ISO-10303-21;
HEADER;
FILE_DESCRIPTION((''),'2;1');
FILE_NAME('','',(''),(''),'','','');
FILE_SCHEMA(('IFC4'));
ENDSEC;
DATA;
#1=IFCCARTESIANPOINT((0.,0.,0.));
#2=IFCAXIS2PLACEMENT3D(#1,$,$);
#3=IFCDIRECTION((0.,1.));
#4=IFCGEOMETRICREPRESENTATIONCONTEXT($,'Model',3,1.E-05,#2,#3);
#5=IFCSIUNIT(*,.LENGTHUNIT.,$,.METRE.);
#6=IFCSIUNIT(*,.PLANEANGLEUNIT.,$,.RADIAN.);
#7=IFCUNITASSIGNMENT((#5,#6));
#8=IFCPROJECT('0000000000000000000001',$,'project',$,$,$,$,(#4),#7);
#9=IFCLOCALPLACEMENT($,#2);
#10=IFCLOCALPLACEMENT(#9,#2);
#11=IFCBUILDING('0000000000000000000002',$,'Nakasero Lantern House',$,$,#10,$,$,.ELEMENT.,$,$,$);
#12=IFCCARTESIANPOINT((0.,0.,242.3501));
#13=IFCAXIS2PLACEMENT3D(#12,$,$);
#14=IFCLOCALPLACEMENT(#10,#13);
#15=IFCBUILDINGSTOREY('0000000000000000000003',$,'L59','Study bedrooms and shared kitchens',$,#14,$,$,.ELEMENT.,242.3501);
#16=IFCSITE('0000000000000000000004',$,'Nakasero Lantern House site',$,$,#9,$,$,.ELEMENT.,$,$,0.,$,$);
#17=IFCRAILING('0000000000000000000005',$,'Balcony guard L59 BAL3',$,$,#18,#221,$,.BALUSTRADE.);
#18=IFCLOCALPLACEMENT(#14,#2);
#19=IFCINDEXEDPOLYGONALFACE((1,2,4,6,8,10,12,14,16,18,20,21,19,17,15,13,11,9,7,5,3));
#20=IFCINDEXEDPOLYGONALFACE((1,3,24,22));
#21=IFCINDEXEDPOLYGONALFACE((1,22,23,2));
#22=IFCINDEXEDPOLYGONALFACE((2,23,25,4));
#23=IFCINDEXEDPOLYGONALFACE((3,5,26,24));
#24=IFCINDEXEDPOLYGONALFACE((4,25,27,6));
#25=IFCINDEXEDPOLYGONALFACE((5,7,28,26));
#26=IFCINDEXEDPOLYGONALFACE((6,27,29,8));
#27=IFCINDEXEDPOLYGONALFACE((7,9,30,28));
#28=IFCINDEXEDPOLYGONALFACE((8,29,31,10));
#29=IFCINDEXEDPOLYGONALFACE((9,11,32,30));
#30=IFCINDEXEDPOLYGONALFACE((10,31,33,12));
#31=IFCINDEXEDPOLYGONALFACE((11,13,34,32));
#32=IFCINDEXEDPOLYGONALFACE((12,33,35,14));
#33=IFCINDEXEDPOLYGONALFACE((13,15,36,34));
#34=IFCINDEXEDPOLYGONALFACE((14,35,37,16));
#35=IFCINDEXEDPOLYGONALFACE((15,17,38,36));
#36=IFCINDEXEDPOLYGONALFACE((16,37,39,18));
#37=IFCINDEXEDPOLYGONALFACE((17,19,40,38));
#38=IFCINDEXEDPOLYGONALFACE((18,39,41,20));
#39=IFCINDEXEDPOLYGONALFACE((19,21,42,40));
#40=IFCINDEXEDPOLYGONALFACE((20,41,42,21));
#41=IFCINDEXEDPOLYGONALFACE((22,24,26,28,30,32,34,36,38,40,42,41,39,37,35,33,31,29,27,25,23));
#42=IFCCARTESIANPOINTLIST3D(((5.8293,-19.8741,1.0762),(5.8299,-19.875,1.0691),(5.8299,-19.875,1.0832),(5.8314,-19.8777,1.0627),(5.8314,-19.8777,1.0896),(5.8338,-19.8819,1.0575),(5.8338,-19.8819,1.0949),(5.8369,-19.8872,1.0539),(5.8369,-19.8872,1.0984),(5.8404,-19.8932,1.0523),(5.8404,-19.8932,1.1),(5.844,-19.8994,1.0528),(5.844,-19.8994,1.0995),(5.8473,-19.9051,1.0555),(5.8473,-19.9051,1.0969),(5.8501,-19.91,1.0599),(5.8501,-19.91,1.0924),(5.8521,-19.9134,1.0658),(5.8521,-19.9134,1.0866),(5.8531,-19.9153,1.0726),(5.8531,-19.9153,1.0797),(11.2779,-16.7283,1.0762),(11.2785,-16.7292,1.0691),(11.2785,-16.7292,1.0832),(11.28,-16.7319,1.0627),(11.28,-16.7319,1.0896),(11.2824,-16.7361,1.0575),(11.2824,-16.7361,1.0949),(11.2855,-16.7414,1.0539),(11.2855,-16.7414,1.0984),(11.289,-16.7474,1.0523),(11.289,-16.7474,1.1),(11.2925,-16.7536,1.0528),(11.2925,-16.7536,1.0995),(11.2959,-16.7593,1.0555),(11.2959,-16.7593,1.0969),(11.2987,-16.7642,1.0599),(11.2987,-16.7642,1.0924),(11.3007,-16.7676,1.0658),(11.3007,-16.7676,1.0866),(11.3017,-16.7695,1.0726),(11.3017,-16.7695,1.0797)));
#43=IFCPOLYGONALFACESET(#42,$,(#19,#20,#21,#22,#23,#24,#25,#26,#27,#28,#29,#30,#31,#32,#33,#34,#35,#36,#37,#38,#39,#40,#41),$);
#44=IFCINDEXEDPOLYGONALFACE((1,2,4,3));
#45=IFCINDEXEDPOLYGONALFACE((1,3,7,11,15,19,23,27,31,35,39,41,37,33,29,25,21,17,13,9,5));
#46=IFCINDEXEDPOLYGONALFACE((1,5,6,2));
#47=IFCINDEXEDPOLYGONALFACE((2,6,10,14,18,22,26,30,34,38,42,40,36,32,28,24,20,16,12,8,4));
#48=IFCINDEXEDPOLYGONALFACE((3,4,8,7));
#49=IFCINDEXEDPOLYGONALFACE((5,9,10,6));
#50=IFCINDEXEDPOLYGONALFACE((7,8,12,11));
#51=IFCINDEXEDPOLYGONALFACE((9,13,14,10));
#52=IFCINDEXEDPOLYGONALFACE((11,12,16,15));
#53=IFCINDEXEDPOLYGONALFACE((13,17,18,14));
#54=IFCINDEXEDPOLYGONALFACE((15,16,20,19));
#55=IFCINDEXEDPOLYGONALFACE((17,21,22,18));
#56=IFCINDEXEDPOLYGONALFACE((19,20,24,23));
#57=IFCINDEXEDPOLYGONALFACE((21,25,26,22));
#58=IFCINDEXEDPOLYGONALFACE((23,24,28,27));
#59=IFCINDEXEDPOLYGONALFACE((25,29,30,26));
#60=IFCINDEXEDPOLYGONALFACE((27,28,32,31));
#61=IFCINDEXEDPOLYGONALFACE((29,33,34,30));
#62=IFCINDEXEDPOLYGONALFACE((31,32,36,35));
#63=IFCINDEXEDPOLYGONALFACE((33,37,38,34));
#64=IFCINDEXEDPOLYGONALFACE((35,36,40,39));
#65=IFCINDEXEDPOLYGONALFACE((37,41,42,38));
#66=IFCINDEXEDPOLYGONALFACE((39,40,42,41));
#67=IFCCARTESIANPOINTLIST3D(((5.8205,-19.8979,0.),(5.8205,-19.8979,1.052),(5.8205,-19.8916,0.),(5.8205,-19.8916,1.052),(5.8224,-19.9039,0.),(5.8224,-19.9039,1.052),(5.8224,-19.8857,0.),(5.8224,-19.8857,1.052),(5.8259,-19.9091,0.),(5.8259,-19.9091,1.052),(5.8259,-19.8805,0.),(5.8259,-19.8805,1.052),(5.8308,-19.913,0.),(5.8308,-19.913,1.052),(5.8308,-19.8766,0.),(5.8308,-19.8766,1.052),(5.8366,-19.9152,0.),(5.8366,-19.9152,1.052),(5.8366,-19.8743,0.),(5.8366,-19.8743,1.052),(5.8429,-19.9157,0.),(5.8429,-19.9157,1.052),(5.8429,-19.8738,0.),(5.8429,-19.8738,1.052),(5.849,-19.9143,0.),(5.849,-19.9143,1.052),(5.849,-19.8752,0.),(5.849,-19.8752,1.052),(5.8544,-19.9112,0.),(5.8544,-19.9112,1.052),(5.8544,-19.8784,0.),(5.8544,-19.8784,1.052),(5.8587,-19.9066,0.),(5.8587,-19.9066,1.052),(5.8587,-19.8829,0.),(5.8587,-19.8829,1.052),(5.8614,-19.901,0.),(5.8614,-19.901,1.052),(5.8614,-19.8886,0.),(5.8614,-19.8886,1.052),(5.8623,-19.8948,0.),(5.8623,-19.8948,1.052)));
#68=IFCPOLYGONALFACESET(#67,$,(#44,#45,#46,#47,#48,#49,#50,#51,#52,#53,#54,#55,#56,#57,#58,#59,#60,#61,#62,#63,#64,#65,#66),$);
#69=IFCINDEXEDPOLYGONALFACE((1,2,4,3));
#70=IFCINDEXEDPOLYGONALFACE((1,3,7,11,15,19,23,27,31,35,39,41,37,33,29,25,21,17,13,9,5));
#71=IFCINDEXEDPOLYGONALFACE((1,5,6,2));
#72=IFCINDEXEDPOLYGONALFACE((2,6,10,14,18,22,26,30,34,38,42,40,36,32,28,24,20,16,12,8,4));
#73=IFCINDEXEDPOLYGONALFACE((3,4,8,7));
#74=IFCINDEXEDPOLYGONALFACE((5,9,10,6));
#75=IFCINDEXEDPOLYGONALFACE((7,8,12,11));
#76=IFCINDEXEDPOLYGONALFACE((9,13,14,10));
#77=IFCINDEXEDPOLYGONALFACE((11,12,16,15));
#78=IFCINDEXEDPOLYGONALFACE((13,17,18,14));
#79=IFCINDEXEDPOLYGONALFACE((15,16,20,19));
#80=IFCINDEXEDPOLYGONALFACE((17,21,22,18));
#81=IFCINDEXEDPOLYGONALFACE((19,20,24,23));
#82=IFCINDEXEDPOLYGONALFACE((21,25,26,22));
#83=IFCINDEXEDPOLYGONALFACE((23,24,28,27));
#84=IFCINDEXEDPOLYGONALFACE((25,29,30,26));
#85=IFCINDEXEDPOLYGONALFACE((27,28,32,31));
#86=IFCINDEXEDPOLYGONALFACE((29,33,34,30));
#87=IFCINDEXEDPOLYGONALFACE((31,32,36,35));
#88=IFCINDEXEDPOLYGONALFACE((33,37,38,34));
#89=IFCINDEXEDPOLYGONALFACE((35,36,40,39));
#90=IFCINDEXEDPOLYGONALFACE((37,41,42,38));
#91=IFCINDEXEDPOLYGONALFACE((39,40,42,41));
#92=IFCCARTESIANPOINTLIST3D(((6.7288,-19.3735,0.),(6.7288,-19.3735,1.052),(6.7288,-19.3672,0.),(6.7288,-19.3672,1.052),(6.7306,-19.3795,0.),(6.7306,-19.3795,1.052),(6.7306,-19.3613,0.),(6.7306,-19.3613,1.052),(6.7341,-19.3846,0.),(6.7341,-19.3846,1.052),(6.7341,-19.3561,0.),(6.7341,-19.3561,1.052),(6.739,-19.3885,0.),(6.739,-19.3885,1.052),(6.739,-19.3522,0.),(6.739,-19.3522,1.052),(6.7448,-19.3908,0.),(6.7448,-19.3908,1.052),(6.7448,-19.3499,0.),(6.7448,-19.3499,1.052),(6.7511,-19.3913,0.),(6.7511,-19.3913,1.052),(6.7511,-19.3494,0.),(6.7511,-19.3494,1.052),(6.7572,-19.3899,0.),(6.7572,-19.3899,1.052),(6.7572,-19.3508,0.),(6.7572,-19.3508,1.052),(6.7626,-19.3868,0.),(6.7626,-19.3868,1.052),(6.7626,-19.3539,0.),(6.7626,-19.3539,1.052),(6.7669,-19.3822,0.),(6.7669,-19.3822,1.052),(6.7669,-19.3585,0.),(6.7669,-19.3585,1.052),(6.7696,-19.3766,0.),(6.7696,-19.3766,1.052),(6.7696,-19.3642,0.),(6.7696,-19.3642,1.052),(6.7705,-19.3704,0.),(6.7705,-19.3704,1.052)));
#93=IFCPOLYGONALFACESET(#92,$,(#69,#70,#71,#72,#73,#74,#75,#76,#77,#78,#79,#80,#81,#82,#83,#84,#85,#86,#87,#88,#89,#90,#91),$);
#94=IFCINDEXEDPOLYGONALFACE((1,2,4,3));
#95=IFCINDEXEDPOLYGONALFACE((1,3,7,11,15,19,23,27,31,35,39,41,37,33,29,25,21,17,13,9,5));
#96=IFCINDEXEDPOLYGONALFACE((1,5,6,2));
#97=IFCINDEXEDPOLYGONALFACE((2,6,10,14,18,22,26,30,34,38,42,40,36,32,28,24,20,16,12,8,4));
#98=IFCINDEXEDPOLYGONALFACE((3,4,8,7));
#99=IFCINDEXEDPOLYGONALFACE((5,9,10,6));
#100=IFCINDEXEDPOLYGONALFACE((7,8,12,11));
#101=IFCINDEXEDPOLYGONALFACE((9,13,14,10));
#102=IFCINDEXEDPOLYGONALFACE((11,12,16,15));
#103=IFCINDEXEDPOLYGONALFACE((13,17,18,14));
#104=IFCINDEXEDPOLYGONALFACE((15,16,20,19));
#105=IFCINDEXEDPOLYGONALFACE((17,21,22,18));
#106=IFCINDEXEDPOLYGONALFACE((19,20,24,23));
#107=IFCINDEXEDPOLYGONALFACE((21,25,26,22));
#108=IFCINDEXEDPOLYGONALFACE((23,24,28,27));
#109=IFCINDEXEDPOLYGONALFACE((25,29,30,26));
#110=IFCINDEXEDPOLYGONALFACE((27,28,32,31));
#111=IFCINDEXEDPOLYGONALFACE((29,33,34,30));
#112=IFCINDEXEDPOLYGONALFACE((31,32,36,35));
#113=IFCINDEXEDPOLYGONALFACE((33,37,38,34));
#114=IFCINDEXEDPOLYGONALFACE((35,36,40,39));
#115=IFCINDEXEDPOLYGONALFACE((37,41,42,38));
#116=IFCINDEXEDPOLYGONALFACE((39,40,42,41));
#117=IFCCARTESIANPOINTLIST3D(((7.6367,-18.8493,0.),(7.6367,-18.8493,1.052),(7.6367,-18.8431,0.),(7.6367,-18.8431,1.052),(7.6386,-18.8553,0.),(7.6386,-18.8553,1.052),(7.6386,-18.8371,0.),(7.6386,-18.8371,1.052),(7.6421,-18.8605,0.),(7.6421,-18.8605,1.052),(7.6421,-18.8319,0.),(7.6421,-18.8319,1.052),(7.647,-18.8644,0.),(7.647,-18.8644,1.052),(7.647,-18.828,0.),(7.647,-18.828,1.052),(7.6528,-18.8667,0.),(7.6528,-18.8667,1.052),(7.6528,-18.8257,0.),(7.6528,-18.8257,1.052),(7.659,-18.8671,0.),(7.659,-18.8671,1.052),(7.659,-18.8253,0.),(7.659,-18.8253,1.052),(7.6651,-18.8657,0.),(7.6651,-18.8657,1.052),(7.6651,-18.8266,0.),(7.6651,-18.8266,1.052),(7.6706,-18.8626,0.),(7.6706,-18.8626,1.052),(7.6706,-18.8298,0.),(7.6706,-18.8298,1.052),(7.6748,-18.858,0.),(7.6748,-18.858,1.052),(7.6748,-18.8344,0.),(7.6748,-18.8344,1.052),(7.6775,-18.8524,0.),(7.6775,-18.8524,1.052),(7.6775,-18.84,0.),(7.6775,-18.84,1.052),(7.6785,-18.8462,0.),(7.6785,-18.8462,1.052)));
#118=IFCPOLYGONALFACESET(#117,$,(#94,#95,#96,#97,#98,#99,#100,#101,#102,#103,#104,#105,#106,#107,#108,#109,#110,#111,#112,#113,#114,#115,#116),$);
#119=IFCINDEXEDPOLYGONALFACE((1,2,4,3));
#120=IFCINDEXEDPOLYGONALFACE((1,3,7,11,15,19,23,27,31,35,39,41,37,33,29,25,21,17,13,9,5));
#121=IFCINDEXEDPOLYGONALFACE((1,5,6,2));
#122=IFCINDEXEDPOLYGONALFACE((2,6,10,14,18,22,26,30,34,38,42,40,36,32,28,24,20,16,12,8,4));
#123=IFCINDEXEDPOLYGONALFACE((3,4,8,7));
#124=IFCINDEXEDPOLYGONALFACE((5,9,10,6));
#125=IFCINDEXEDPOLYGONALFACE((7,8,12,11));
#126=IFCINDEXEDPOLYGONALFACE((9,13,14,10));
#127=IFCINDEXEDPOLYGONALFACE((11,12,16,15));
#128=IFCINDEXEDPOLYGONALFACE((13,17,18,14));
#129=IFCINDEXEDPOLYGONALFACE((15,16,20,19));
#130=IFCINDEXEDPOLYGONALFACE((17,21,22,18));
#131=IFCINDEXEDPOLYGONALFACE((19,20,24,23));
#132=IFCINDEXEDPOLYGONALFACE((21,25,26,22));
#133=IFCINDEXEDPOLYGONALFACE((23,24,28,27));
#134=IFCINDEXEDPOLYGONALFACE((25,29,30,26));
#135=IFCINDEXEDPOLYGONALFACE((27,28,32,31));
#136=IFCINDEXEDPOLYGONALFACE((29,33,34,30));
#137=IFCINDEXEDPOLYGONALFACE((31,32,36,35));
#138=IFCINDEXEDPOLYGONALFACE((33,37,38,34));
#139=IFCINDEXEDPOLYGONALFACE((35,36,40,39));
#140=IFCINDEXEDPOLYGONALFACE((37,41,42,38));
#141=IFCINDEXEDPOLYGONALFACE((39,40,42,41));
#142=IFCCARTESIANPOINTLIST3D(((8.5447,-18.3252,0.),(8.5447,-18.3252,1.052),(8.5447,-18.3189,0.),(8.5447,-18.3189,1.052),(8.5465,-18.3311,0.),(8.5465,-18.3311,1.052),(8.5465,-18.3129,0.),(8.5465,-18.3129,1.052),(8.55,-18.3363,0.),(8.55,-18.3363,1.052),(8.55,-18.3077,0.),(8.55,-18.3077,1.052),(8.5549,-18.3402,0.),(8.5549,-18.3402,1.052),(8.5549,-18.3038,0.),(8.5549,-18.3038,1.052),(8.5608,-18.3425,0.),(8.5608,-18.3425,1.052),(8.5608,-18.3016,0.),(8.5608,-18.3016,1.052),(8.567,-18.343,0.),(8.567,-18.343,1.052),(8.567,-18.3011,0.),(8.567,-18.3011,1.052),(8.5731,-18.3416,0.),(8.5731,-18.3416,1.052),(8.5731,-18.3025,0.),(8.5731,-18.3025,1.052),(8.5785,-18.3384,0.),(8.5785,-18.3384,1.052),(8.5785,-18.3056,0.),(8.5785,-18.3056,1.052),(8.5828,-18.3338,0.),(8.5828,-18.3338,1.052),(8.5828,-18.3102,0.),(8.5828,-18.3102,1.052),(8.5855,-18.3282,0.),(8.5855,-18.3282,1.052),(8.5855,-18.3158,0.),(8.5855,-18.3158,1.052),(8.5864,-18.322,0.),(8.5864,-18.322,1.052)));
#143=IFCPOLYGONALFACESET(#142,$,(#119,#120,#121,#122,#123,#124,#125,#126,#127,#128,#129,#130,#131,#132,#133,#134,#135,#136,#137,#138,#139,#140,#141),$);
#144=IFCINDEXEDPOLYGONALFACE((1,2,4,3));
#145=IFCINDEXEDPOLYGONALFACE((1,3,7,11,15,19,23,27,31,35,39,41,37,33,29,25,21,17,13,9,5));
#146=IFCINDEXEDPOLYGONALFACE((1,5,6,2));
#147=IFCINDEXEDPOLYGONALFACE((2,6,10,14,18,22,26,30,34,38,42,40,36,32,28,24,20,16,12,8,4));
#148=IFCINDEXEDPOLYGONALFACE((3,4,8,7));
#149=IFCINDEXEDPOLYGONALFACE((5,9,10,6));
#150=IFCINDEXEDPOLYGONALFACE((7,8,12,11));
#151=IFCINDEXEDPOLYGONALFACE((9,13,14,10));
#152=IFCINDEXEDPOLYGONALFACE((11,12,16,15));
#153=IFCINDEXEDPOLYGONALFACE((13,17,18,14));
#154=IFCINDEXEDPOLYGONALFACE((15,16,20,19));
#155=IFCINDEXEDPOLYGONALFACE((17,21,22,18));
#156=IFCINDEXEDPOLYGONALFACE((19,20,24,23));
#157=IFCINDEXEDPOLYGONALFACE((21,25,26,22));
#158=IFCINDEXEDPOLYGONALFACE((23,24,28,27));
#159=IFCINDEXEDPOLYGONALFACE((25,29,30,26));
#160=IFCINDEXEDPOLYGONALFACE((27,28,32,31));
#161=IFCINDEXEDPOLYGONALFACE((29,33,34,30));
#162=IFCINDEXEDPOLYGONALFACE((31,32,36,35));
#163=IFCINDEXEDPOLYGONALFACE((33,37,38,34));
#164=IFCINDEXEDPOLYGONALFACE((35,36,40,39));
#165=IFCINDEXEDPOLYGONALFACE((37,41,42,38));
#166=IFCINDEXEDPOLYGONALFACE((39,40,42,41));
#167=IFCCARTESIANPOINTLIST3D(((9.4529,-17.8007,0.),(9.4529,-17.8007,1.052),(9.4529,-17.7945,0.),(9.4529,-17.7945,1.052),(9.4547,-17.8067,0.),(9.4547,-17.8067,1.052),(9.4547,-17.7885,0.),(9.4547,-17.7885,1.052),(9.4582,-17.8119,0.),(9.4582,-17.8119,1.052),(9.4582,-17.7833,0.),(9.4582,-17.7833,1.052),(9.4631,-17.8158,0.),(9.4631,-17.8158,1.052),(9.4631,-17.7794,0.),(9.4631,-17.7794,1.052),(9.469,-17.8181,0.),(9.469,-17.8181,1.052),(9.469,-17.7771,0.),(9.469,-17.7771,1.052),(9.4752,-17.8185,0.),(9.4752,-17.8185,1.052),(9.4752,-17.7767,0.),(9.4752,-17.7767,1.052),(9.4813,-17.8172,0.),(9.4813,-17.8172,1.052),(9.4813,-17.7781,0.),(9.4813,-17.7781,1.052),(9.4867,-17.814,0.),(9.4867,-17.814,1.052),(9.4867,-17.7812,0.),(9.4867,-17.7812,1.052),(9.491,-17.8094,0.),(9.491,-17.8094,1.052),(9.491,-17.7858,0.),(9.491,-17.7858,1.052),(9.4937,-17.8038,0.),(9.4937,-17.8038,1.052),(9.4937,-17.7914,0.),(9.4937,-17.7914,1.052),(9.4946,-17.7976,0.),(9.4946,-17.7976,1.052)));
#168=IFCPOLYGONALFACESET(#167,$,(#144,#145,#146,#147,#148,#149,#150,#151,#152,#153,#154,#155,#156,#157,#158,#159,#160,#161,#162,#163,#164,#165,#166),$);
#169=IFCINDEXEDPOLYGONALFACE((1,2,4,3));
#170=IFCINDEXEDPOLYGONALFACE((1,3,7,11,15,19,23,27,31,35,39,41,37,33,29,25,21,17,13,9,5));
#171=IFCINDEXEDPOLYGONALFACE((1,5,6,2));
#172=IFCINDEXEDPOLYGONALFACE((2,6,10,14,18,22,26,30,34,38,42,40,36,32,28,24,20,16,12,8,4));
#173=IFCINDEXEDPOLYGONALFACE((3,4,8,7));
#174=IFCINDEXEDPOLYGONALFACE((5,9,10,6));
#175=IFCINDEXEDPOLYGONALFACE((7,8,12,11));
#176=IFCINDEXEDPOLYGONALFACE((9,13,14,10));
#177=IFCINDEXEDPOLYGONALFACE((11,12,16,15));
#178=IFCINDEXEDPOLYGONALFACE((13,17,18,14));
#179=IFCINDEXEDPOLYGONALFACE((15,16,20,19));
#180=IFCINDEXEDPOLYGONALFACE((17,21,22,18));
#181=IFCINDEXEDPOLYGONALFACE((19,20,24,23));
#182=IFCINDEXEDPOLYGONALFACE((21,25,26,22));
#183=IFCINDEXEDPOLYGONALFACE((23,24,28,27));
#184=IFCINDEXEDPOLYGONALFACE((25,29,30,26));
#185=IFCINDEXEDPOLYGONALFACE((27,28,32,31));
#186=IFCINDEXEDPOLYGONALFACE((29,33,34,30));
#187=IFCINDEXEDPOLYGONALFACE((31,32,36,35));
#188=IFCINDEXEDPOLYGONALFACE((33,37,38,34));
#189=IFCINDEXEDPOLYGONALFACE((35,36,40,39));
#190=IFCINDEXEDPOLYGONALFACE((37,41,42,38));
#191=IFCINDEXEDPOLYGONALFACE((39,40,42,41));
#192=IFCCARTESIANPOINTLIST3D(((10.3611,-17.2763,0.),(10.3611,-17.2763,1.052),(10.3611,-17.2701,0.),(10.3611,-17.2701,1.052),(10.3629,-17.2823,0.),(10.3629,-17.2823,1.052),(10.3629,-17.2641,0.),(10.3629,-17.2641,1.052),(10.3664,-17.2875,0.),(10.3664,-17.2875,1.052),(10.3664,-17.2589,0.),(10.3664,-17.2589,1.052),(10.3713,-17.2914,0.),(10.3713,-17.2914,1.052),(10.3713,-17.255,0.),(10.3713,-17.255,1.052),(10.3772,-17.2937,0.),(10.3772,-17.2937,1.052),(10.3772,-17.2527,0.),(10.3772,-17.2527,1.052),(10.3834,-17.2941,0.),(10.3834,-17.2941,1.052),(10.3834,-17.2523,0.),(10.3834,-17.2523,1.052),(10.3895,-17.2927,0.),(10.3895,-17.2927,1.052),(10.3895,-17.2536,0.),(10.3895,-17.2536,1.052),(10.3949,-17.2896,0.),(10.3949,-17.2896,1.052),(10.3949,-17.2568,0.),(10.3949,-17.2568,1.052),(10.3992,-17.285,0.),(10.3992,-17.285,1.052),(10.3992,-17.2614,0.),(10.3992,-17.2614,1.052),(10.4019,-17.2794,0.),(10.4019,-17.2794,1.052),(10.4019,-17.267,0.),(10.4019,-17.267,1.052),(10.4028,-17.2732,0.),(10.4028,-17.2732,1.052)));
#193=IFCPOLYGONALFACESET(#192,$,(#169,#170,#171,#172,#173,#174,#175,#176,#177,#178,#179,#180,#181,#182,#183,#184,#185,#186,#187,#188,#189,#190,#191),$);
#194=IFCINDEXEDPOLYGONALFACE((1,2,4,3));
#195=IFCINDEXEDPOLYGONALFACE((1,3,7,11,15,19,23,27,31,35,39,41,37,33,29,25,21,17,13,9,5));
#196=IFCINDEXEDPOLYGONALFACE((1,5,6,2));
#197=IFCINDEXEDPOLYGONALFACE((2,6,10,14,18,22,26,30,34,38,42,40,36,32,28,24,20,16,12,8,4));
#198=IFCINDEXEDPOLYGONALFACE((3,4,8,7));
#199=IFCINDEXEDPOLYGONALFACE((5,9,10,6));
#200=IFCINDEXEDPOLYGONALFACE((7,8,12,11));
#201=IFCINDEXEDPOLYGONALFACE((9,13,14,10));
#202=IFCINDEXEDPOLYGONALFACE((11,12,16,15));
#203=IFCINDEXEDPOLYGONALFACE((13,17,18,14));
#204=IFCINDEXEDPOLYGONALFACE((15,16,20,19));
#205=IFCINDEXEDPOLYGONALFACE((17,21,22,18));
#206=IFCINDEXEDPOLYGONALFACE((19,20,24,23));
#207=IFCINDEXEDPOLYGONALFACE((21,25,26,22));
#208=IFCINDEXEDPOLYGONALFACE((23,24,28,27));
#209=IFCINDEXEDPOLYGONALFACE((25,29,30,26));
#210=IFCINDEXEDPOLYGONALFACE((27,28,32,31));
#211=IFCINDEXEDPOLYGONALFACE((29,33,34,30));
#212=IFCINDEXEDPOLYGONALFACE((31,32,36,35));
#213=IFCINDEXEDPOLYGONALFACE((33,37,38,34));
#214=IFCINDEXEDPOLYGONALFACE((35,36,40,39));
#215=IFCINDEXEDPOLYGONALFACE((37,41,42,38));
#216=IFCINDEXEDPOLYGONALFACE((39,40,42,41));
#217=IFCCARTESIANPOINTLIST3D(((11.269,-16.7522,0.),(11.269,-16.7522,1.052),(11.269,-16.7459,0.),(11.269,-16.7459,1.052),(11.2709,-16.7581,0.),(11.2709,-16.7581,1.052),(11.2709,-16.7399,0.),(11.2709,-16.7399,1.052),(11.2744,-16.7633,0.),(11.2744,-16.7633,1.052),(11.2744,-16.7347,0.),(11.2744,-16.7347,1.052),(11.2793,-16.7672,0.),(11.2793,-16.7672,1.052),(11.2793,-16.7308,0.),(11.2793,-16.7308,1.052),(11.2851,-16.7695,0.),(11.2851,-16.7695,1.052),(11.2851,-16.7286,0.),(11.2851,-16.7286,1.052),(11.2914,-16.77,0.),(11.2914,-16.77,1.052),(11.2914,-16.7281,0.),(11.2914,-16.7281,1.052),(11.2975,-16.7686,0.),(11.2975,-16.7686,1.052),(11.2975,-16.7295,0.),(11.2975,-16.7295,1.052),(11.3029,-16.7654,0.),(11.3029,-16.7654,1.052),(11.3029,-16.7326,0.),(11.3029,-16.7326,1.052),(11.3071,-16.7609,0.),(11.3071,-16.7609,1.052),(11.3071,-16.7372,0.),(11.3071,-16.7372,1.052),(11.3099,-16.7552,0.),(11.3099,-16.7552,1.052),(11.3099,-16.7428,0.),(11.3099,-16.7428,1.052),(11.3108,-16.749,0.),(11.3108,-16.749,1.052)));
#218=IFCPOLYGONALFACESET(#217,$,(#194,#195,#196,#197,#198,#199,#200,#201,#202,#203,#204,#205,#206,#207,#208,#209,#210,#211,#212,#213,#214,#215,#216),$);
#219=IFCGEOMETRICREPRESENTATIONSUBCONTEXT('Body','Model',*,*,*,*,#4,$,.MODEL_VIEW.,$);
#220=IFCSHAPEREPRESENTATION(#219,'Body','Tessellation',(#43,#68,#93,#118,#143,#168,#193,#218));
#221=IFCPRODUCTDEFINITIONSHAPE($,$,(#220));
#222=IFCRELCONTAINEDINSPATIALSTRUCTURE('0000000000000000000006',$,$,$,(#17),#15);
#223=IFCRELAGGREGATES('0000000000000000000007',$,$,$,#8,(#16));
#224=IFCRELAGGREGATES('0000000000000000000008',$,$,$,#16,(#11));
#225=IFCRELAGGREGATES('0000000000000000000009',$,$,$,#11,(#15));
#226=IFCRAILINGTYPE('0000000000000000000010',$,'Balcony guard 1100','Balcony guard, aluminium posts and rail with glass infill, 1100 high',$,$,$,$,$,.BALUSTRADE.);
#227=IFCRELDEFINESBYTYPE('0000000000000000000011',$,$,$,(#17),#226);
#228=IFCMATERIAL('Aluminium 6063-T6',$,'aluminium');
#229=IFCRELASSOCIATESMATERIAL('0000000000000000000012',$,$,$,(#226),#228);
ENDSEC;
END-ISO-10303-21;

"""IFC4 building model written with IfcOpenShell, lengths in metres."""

from ifc_helpers import new_model, si_unit, direction, frame, origin, origin_2d, place, context, subcontext, project, spatial, circle, extrude, material, type_object, element, save


model = new_model("IFC4")

# Units and contexts
model_context = context("Model", 3, precision=1e-05, world=origin(), true_north=direction((0.0, 1.0)))
body_context = subcontext(model_context, "Body", "Model", "MODEL_VIEW")
ifc_project = project(units=[si_unit("LENGTHUNIT", "METRE"), si_unit("PLANEANGLEUNIT", "RADIAN")], contexts=[model_context])

# Site, building, storey
site_placement = place(None, origin())
site = spatial("IfcSite", under=ifc_project, at=site_placement, Name="Nakasero Lantern House site", CompositionType="ELEMENT", RefElevation=0.0)
building_placement = place(site_placement, origin())
building = spatial("IfcBuilding", under=site, at=building_placement, Name="Nakasero Lantern House", CompositionType="ELEMENT")
storey_placement = place(building_placement, frame((0.0, 0.0, 242.3501)))
storey = spatial("IfcBuildingStorey", under=building, at=storey_placement, Name="L59", Description="Study bedrooms and shared kitchens", CompositionType="ELEMENT", Elevation=242.3501)

# Railing
ifc_material_1 = material(Name="Aluminium 6063-T6", Category="aluminium")
railing_type = type_object("IfcRailingType", Name="Balcony guard 1100", Description="Balcony guard, aluminium posts and rail with glass infill, 1100 high", PredefinedType="BALUSTRADE", material=ifc_material_1)
railing_placement = place(storey_placement, frame((5.8413, -19.8948, 0.0)))
element("IfcRailing", 1, at=railing_placement, inside=storey, type_object=railing_type, Name="Balcony guard L59 BAL3", PredefinedType="BALUSTRADE", context=body_context, shape_type="SweptSolid", body=[
    extrude(circle(Radius=0.0239, at=origin_2d()), frame((0.0, 0.0, 1.0762), z_axis=(0.866021, 0.500008, 0.0), x_axis=(-0.500008, 0.866021, 0.0)), (0.0, 0.0, 1.0), 6.2915),
    extrude(circle(Radius=0.021, at=origin_2d()), origin(), (0.0, 0.0, 1.0), 1.052),
    extrude(circle(Radius=0.021, at=origin_2d()), frame((0.9082, 0.5244, 0.0)), (0.0, 0.0, 1.0), 1.052),
    extrude(circle(Radius=0.021, at=origin_2d()), frame((1.8162, 1.0486, 0.0)), (0.0, 0.0, 1.0), 1.052),
    extrude(circle(Radius=0.021, at=origin_2d()), frame((2.7241, 1.5728, 0.0)), (0.0, 0.0, 1.0), 1.052),
    extrude(circle(Radius=0.021, at=origin_2d()), frame((3.6323, 2.0972, 0.0)), (0.0, 0.0, 1.0), 1.052),
    extrude(circle(Radius=0.021, at=origin_2d()), frame((4.5405, 2.6216, 0.0)), (0.0, 0.0, 1.0), 1.052),
    extrude(circle(Radius=0.021, at=origin_2d()), frame((5.4485, 3.1458, 0.0)), (0.0, 0.0, 1.0), 1.052),
])

save(model, "model.ifc")
